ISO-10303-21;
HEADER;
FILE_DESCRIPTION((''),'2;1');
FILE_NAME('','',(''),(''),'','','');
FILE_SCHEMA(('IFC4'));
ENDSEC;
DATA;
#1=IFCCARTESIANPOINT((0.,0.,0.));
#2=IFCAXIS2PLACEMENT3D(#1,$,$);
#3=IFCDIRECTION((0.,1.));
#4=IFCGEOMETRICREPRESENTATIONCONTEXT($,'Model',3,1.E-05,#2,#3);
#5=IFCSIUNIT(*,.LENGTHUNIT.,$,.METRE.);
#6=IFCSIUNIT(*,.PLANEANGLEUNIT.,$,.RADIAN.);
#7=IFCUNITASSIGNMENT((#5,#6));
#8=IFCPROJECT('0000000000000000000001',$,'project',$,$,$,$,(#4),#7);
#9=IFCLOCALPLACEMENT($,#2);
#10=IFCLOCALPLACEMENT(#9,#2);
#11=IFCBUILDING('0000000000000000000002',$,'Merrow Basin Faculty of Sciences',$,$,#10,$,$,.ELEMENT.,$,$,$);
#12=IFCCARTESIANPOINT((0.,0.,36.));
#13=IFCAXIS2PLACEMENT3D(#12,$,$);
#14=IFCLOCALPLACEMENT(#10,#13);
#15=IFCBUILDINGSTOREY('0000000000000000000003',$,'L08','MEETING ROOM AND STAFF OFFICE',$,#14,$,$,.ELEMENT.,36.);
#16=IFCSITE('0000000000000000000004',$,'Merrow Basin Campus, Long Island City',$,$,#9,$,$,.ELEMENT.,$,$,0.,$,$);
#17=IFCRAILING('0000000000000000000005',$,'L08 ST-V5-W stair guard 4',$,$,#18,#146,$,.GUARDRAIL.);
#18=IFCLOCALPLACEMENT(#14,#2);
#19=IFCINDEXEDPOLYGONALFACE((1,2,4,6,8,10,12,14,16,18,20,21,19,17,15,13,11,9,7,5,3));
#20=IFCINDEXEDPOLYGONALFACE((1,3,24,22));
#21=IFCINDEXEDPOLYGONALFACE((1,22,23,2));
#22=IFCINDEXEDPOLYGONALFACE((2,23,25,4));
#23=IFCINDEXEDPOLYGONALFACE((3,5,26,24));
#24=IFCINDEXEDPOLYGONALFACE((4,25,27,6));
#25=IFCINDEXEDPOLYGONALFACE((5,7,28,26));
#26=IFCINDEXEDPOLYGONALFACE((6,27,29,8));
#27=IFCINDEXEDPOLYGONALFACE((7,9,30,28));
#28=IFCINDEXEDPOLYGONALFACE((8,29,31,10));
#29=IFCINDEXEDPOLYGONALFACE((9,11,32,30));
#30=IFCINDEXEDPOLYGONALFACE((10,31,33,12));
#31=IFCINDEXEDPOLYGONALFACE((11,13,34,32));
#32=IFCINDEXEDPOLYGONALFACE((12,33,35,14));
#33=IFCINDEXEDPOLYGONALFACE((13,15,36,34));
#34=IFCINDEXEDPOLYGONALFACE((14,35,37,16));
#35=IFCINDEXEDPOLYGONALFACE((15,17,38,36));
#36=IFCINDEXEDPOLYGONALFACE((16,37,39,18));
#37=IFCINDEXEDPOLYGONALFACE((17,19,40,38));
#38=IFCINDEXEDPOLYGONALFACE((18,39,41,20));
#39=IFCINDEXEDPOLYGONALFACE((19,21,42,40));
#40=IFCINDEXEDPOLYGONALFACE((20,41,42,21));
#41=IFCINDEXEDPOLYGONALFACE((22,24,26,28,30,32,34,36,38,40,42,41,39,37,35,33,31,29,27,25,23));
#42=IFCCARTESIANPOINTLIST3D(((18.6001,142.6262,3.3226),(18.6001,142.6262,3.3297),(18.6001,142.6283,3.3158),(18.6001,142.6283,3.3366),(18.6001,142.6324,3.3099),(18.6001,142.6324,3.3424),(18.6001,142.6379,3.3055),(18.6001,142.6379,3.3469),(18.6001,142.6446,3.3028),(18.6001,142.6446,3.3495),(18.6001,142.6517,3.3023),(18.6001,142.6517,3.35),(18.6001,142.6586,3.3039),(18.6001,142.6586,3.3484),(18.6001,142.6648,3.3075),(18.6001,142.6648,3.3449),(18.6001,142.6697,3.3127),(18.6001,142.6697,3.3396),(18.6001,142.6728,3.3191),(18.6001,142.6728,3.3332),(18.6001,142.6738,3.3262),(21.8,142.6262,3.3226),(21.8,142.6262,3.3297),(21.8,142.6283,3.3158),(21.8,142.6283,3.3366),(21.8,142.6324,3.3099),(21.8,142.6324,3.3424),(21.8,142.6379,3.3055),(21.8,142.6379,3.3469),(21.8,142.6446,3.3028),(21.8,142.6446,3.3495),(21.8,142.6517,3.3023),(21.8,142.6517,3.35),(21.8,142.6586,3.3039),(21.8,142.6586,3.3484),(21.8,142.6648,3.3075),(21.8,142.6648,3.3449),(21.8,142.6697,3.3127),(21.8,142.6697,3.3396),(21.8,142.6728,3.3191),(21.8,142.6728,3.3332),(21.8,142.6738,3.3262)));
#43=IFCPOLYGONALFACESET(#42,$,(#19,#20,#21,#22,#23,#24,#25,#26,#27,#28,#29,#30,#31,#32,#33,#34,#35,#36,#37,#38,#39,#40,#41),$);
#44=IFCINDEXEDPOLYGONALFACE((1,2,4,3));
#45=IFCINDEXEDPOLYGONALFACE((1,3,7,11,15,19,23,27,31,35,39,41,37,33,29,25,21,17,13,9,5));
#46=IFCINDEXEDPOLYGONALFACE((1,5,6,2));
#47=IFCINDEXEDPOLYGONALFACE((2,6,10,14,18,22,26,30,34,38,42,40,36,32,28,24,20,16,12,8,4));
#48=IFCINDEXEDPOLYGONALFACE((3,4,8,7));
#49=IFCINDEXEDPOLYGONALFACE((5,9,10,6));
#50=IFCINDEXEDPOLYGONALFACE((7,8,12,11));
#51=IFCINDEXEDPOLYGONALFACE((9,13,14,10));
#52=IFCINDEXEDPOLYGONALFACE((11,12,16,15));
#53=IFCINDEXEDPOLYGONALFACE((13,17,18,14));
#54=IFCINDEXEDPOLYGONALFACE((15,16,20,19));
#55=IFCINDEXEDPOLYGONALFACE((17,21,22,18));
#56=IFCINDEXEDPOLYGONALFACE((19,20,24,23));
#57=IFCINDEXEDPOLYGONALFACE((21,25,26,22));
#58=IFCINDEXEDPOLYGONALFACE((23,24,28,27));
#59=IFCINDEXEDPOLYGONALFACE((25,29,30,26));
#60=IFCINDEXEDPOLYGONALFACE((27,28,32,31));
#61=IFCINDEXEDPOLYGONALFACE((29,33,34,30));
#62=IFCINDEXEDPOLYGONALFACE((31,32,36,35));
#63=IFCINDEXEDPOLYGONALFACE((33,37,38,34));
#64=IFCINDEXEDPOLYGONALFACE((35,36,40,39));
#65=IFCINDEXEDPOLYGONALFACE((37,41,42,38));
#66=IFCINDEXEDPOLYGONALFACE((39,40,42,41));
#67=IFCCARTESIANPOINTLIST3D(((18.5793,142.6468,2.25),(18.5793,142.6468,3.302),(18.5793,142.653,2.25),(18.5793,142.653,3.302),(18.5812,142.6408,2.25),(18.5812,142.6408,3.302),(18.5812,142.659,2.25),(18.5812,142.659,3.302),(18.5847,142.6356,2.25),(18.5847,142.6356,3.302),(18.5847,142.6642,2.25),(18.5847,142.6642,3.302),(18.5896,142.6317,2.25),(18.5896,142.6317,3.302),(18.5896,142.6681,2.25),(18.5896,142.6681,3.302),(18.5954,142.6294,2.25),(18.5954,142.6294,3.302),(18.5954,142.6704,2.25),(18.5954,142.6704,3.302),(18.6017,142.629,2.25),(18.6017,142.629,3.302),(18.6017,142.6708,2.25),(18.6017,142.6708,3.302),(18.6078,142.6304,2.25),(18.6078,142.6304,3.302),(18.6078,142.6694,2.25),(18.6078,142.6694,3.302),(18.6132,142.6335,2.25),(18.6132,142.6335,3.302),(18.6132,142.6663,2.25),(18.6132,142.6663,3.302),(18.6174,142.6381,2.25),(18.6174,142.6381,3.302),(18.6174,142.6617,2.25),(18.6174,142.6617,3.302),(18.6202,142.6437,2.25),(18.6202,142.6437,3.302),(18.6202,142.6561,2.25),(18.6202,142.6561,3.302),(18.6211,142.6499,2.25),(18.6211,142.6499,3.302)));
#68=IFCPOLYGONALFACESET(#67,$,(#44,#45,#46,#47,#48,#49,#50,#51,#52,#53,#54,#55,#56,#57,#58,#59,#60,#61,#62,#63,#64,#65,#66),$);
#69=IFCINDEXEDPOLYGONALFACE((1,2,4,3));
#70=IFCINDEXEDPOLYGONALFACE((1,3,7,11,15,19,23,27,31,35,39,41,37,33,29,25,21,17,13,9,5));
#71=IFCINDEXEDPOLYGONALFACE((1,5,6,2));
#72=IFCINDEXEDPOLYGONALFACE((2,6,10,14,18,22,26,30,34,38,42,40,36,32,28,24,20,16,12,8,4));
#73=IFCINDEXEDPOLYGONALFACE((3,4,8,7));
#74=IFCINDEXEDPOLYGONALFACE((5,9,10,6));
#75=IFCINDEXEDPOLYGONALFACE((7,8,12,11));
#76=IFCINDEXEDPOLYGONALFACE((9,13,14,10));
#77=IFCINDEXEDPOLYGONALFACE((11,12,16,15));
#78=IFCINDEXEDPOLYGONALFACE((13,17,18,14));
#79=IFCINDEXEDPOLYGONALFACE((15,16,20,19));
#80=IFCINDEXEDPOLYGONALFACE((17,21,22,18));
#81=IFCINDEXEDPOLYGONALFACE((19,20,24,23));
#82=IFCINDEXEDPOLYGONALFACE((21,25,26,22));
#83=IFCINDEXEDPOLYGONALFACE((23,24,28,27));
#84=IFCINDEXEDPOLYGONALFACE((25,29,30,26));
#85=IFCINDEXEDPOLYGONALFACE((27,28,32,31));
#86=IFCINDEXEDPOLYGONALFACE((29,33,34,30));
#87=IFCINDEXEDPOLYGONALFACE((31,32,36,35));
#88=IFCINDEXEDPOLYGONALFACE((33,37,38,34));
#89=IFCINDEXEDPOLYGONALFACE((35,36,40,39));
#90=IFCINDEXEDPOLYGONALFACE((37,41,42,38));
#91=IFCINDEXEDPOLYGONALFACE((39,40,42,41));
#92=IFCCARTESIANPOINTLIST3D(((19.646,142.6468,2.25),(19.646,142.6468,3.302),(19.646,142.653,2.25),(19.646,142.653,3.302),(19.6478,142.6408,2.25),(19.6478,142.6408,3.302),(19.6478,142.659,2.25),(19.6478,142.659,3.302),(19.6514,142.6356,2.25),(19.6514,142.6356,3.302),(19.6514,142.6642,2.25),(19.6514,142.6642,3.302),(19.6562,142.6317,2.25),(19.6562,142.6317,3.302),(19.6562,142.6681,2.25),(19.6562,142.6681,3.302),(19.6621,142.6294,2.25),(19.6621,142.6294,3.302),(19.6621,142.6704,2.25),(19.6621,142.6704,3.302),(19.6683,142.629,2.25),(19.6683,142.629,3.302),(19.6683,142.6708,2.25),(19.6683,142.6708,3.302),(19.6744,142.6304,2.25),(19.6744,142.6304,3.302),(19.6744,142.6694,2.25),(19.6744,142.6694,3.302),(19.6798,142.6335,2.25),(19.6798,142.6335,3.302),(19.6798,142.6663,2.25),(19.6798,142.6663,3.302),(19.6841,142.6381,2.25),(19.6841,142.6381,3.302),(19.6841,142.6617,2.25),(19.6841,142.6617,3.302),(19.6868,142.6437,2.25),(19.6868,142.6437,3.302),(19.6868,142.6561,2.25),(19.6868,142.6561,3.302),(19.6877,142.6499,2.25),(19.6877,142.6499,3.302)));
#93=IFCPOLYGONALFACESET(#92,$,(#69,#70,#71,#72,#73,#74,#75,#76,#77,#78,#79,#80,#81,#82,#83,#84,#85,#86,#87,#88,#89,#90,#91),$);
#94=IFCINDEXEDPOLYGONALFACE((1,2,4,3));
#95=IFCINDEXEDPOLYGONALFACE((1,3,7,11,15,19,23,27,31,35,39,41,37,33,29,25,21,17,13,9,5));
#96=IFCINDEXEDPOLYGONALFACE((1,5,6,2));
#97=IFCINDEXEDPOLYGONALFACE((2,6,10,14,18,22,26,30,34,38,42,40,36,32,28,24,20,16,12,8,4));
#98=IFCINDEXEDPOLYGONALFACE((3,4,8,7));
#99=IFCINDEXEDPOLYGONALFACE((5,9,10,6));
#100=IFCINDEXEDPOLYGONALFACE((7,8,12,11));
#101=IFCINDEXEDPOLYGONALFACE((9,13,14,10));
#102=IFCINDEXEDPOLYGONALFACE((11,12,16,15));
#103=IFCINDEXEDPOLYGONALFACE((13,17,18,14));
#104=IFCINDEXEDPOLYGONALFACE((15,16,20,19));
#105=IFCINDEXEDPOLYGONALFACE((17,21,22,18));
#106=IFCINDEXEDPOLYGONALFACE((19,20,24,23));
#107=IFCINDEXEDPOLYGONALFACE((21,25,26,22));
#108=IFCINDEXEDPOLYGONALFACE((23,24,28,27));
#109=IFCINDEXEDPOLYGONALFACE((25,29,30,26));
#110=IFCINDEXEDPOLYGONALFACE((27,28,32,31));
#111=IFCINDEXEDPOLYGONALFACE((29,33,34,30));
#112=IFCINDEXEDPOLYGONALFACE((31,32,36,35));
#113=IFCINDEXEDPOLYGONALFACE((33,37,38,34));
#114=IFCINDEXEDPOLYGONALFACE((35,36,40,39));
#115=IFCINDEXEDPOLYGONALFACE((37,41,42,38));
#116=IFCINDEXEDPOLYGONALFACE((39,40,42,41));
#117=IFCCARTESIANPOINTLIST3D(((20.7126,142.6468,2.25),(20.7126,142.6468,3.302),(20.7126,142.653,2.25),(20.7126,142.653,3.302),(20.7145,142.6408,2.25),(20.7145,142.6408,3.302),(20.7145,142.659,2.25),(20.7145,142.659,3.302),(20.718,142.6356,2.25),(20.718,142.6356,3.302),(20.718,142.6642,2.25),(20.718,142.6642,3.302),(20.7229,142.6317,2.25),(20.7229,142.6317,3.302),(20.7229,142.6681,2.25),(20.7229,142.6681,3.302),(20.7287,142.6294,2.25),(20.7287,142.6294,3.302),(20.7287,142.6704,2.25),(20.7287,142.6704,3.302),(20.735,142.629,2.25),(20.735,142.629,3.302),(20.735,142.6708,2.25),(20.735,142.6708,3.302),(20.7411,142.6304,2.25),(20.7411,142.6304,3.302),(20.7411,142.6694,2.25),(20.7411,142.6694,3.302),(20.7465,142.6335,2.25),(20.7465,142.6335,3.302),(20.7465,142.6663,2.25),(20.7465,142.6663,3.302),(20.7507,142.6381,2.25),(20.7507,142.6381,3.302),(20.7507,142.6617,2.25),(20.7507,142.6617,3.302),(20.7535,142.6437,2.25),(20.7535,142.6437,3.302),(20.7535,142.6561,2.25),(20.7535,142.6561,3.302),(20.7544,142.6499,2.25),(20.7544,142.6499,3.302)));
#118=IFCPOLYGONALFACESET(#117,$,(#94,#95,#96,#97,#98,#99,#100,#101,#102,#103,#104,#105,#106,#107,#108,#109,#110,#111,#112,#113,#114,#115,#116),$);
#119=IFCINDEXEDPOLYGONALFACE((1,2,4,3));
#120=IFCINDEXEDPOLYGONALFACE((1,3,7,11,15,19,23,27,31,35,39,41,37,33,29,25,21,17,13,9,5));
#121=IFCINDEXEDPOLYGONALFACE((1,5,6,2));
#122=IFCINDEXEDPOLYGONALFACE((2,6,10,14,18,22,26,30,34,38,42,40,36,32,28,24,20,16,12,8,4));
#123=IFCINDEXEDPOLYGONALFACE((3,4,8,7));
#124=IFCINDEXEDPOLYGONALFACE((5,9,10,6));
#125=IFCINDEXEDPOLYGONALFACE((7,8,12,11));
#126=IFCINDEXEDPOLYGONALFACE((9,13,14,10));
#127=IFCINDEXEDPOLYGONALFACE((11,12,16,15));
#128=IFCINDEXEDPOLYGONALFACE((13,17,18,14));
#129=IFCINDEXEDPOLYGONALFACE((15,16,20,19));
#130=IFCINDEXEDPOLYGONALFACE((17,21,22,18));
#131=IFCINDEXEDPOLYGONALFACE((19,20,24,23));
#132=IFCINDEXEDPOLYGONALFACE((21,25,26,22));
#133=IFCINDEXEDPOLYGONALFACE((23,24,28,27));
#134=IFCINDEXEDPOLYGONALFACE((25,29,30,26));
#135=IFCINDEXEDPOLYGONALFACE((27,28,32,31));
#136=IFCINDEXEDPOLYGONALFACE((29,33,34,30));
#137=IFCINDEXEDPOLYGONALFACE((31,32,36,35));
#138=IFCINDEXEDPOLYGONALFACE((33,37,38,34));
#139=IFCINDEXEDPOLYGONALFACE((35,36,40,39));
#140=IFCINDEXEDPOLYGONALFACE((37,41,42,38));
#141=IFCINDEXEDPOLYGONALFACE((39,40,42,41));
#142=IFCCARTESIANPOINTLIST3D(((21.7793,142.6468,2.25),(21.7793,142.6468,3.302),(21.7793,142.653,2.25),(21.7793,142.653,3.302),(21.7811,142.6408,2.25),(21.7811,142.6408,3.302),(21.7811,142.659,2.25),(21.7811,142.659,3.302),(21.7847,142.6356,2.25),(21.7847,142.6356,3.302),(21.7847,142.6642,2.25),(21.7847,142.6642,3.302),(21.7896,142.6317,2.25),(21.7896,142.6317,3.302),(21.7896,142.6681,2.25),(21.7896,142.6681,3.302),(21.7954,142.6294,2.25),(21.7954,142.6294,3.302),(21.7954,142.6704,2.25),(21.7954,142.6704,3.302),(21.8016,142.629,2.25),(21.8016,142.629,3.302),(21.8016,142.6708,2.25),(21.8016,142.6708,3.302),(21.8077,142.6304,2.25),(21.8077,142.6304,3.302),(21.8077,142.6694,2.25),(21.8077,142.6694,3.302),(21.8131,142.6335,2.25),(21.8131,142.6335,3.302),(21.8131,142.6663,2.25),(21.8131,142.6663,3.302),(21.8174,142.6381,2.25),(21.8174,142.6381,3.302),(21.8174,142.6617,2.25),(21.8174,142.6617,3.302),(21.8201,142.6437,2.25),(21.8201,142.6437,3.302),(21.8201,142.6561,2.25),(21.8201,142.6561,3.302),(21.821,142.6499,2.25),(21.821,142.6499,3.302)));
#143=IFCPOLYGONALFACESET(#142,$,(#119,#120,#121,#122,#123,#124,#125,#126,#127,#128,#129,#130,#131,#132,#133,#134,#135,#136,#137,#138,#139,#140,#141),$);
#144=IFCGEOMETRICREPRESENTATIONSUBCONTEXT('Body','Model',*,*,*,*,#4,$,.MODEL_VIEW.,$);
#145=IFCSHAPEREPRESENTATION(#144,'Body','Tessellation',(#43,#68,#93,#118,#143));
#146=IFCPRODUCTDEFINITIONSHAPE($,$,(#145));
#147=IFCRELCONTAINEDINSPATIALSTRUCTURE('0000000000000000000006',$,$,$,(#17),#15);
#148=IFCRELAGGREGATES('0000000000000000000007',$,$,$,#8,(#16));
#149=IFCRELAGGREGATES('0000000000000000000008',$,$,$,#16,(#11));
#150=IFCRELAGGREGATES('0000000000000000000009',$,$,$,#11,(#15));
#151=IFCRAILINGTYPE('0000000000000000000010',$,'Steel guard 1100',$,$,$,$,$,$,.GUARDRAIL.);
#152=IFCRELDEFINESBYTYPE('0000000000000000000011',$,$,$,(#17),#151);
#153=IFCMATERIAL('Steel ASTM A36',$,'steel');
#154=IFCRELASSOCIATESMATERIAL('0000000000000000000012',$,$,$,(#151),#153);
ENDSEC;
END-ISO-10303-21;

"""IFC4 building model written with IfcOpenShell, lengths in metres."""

from ifc_helpers import new_model, si_unit, direction, frame, origin, origin_2d, place, context, subcontext, project, spatial, circle, extrude, material, type_object, element, save


model = new_model("IFC4")

# Units and contexts
model_context = context("Model", 3, precision=1e-05, world=origin(), true_north=direction((0.0, 1.0)))
body_context = subcontext(model_context, "Body", "Model", "MODEL_VIEW")
ifc_project = project(units=[si_unit("LENGTHUNIT", "METRE"), si_unit("PLANEANGLEUNIT", "RADIAN")], contexts=[model_context])

# Site, building, storey
site_placement = place(None, origin())
site = spatial("IfcSite", under=ifc_project, at=site_placement, Name="Merrow Basin Campus, Long Island City", CompositionType="ELEMENT", RefElevation=0.0)
building_placement = place(site_placement, origin())
building = spatial("IfcBuilding", under=site, at=building_placement, Name="Merrow Basin Faculty of Sciences", CompositionType="ELEMENT")
storey_placement = place(building_placement, frame((0.0, 0.0, 36.0)))
storey = spatial("IfcBuildingStorey", under=building, at=storey_placement, Name="L08", Description="MEETING ROOM AND STAFF OFFICE", CompositionType="ELEMENT", Elevation=36.0)

# Railing
ifc_material_1 = material(Name="Steel ASTM A36", Category="steel")
railing_type_1 = type_object("IfcRailingType", Name="Steel guard 1100", PredefinedType="GUARDRAIL", material=ifc_material_1)
railing_1_placement = place(storey_placement, frame((18.6001, 142.6499, 2.25)))
element("IfcRailing", 1, at=railing_1_placement, inside=storey, type_object=railing_type_1, Name="L08 ST-V5-W stair guard 4", PredefinedType="GUARDRAIL", context=body_context, shape_type="SweptSolid", body=[
    extrude(circle(Radius=0.0239, at=origin_2d()), frame((0.0, 0.0, 1.0762), z_axis=(1.0, 0.0, 0.0), x_axis=(0.0, 1.0, 0.0)), (0.0, 0.0, 1.0), 3.2),
    extrude(circle(Radius=0.021, at=origin_2d()), origin(), (0.0, 0.0, 1.0), 1.052),
    extrude(circle(Radius=0.021, at=origin_2d()), frame((1.0667, 0.0, 0.0)), (0.0, 0.0, 1.0), 1.052),
    extrude(circle(Radius=0.021, at=origin_2d()), frame((2.1333, 0.0, 0.0)), (0.0, 0.0, 1.0), 1.052),
    extrude(circle(Radius=0.021, at=origin_2d()), frame((3.2, 0.0, 0.0)), (0.0, 0.0, 1.0), 1.052),
])

save(model, "model.ifc")
